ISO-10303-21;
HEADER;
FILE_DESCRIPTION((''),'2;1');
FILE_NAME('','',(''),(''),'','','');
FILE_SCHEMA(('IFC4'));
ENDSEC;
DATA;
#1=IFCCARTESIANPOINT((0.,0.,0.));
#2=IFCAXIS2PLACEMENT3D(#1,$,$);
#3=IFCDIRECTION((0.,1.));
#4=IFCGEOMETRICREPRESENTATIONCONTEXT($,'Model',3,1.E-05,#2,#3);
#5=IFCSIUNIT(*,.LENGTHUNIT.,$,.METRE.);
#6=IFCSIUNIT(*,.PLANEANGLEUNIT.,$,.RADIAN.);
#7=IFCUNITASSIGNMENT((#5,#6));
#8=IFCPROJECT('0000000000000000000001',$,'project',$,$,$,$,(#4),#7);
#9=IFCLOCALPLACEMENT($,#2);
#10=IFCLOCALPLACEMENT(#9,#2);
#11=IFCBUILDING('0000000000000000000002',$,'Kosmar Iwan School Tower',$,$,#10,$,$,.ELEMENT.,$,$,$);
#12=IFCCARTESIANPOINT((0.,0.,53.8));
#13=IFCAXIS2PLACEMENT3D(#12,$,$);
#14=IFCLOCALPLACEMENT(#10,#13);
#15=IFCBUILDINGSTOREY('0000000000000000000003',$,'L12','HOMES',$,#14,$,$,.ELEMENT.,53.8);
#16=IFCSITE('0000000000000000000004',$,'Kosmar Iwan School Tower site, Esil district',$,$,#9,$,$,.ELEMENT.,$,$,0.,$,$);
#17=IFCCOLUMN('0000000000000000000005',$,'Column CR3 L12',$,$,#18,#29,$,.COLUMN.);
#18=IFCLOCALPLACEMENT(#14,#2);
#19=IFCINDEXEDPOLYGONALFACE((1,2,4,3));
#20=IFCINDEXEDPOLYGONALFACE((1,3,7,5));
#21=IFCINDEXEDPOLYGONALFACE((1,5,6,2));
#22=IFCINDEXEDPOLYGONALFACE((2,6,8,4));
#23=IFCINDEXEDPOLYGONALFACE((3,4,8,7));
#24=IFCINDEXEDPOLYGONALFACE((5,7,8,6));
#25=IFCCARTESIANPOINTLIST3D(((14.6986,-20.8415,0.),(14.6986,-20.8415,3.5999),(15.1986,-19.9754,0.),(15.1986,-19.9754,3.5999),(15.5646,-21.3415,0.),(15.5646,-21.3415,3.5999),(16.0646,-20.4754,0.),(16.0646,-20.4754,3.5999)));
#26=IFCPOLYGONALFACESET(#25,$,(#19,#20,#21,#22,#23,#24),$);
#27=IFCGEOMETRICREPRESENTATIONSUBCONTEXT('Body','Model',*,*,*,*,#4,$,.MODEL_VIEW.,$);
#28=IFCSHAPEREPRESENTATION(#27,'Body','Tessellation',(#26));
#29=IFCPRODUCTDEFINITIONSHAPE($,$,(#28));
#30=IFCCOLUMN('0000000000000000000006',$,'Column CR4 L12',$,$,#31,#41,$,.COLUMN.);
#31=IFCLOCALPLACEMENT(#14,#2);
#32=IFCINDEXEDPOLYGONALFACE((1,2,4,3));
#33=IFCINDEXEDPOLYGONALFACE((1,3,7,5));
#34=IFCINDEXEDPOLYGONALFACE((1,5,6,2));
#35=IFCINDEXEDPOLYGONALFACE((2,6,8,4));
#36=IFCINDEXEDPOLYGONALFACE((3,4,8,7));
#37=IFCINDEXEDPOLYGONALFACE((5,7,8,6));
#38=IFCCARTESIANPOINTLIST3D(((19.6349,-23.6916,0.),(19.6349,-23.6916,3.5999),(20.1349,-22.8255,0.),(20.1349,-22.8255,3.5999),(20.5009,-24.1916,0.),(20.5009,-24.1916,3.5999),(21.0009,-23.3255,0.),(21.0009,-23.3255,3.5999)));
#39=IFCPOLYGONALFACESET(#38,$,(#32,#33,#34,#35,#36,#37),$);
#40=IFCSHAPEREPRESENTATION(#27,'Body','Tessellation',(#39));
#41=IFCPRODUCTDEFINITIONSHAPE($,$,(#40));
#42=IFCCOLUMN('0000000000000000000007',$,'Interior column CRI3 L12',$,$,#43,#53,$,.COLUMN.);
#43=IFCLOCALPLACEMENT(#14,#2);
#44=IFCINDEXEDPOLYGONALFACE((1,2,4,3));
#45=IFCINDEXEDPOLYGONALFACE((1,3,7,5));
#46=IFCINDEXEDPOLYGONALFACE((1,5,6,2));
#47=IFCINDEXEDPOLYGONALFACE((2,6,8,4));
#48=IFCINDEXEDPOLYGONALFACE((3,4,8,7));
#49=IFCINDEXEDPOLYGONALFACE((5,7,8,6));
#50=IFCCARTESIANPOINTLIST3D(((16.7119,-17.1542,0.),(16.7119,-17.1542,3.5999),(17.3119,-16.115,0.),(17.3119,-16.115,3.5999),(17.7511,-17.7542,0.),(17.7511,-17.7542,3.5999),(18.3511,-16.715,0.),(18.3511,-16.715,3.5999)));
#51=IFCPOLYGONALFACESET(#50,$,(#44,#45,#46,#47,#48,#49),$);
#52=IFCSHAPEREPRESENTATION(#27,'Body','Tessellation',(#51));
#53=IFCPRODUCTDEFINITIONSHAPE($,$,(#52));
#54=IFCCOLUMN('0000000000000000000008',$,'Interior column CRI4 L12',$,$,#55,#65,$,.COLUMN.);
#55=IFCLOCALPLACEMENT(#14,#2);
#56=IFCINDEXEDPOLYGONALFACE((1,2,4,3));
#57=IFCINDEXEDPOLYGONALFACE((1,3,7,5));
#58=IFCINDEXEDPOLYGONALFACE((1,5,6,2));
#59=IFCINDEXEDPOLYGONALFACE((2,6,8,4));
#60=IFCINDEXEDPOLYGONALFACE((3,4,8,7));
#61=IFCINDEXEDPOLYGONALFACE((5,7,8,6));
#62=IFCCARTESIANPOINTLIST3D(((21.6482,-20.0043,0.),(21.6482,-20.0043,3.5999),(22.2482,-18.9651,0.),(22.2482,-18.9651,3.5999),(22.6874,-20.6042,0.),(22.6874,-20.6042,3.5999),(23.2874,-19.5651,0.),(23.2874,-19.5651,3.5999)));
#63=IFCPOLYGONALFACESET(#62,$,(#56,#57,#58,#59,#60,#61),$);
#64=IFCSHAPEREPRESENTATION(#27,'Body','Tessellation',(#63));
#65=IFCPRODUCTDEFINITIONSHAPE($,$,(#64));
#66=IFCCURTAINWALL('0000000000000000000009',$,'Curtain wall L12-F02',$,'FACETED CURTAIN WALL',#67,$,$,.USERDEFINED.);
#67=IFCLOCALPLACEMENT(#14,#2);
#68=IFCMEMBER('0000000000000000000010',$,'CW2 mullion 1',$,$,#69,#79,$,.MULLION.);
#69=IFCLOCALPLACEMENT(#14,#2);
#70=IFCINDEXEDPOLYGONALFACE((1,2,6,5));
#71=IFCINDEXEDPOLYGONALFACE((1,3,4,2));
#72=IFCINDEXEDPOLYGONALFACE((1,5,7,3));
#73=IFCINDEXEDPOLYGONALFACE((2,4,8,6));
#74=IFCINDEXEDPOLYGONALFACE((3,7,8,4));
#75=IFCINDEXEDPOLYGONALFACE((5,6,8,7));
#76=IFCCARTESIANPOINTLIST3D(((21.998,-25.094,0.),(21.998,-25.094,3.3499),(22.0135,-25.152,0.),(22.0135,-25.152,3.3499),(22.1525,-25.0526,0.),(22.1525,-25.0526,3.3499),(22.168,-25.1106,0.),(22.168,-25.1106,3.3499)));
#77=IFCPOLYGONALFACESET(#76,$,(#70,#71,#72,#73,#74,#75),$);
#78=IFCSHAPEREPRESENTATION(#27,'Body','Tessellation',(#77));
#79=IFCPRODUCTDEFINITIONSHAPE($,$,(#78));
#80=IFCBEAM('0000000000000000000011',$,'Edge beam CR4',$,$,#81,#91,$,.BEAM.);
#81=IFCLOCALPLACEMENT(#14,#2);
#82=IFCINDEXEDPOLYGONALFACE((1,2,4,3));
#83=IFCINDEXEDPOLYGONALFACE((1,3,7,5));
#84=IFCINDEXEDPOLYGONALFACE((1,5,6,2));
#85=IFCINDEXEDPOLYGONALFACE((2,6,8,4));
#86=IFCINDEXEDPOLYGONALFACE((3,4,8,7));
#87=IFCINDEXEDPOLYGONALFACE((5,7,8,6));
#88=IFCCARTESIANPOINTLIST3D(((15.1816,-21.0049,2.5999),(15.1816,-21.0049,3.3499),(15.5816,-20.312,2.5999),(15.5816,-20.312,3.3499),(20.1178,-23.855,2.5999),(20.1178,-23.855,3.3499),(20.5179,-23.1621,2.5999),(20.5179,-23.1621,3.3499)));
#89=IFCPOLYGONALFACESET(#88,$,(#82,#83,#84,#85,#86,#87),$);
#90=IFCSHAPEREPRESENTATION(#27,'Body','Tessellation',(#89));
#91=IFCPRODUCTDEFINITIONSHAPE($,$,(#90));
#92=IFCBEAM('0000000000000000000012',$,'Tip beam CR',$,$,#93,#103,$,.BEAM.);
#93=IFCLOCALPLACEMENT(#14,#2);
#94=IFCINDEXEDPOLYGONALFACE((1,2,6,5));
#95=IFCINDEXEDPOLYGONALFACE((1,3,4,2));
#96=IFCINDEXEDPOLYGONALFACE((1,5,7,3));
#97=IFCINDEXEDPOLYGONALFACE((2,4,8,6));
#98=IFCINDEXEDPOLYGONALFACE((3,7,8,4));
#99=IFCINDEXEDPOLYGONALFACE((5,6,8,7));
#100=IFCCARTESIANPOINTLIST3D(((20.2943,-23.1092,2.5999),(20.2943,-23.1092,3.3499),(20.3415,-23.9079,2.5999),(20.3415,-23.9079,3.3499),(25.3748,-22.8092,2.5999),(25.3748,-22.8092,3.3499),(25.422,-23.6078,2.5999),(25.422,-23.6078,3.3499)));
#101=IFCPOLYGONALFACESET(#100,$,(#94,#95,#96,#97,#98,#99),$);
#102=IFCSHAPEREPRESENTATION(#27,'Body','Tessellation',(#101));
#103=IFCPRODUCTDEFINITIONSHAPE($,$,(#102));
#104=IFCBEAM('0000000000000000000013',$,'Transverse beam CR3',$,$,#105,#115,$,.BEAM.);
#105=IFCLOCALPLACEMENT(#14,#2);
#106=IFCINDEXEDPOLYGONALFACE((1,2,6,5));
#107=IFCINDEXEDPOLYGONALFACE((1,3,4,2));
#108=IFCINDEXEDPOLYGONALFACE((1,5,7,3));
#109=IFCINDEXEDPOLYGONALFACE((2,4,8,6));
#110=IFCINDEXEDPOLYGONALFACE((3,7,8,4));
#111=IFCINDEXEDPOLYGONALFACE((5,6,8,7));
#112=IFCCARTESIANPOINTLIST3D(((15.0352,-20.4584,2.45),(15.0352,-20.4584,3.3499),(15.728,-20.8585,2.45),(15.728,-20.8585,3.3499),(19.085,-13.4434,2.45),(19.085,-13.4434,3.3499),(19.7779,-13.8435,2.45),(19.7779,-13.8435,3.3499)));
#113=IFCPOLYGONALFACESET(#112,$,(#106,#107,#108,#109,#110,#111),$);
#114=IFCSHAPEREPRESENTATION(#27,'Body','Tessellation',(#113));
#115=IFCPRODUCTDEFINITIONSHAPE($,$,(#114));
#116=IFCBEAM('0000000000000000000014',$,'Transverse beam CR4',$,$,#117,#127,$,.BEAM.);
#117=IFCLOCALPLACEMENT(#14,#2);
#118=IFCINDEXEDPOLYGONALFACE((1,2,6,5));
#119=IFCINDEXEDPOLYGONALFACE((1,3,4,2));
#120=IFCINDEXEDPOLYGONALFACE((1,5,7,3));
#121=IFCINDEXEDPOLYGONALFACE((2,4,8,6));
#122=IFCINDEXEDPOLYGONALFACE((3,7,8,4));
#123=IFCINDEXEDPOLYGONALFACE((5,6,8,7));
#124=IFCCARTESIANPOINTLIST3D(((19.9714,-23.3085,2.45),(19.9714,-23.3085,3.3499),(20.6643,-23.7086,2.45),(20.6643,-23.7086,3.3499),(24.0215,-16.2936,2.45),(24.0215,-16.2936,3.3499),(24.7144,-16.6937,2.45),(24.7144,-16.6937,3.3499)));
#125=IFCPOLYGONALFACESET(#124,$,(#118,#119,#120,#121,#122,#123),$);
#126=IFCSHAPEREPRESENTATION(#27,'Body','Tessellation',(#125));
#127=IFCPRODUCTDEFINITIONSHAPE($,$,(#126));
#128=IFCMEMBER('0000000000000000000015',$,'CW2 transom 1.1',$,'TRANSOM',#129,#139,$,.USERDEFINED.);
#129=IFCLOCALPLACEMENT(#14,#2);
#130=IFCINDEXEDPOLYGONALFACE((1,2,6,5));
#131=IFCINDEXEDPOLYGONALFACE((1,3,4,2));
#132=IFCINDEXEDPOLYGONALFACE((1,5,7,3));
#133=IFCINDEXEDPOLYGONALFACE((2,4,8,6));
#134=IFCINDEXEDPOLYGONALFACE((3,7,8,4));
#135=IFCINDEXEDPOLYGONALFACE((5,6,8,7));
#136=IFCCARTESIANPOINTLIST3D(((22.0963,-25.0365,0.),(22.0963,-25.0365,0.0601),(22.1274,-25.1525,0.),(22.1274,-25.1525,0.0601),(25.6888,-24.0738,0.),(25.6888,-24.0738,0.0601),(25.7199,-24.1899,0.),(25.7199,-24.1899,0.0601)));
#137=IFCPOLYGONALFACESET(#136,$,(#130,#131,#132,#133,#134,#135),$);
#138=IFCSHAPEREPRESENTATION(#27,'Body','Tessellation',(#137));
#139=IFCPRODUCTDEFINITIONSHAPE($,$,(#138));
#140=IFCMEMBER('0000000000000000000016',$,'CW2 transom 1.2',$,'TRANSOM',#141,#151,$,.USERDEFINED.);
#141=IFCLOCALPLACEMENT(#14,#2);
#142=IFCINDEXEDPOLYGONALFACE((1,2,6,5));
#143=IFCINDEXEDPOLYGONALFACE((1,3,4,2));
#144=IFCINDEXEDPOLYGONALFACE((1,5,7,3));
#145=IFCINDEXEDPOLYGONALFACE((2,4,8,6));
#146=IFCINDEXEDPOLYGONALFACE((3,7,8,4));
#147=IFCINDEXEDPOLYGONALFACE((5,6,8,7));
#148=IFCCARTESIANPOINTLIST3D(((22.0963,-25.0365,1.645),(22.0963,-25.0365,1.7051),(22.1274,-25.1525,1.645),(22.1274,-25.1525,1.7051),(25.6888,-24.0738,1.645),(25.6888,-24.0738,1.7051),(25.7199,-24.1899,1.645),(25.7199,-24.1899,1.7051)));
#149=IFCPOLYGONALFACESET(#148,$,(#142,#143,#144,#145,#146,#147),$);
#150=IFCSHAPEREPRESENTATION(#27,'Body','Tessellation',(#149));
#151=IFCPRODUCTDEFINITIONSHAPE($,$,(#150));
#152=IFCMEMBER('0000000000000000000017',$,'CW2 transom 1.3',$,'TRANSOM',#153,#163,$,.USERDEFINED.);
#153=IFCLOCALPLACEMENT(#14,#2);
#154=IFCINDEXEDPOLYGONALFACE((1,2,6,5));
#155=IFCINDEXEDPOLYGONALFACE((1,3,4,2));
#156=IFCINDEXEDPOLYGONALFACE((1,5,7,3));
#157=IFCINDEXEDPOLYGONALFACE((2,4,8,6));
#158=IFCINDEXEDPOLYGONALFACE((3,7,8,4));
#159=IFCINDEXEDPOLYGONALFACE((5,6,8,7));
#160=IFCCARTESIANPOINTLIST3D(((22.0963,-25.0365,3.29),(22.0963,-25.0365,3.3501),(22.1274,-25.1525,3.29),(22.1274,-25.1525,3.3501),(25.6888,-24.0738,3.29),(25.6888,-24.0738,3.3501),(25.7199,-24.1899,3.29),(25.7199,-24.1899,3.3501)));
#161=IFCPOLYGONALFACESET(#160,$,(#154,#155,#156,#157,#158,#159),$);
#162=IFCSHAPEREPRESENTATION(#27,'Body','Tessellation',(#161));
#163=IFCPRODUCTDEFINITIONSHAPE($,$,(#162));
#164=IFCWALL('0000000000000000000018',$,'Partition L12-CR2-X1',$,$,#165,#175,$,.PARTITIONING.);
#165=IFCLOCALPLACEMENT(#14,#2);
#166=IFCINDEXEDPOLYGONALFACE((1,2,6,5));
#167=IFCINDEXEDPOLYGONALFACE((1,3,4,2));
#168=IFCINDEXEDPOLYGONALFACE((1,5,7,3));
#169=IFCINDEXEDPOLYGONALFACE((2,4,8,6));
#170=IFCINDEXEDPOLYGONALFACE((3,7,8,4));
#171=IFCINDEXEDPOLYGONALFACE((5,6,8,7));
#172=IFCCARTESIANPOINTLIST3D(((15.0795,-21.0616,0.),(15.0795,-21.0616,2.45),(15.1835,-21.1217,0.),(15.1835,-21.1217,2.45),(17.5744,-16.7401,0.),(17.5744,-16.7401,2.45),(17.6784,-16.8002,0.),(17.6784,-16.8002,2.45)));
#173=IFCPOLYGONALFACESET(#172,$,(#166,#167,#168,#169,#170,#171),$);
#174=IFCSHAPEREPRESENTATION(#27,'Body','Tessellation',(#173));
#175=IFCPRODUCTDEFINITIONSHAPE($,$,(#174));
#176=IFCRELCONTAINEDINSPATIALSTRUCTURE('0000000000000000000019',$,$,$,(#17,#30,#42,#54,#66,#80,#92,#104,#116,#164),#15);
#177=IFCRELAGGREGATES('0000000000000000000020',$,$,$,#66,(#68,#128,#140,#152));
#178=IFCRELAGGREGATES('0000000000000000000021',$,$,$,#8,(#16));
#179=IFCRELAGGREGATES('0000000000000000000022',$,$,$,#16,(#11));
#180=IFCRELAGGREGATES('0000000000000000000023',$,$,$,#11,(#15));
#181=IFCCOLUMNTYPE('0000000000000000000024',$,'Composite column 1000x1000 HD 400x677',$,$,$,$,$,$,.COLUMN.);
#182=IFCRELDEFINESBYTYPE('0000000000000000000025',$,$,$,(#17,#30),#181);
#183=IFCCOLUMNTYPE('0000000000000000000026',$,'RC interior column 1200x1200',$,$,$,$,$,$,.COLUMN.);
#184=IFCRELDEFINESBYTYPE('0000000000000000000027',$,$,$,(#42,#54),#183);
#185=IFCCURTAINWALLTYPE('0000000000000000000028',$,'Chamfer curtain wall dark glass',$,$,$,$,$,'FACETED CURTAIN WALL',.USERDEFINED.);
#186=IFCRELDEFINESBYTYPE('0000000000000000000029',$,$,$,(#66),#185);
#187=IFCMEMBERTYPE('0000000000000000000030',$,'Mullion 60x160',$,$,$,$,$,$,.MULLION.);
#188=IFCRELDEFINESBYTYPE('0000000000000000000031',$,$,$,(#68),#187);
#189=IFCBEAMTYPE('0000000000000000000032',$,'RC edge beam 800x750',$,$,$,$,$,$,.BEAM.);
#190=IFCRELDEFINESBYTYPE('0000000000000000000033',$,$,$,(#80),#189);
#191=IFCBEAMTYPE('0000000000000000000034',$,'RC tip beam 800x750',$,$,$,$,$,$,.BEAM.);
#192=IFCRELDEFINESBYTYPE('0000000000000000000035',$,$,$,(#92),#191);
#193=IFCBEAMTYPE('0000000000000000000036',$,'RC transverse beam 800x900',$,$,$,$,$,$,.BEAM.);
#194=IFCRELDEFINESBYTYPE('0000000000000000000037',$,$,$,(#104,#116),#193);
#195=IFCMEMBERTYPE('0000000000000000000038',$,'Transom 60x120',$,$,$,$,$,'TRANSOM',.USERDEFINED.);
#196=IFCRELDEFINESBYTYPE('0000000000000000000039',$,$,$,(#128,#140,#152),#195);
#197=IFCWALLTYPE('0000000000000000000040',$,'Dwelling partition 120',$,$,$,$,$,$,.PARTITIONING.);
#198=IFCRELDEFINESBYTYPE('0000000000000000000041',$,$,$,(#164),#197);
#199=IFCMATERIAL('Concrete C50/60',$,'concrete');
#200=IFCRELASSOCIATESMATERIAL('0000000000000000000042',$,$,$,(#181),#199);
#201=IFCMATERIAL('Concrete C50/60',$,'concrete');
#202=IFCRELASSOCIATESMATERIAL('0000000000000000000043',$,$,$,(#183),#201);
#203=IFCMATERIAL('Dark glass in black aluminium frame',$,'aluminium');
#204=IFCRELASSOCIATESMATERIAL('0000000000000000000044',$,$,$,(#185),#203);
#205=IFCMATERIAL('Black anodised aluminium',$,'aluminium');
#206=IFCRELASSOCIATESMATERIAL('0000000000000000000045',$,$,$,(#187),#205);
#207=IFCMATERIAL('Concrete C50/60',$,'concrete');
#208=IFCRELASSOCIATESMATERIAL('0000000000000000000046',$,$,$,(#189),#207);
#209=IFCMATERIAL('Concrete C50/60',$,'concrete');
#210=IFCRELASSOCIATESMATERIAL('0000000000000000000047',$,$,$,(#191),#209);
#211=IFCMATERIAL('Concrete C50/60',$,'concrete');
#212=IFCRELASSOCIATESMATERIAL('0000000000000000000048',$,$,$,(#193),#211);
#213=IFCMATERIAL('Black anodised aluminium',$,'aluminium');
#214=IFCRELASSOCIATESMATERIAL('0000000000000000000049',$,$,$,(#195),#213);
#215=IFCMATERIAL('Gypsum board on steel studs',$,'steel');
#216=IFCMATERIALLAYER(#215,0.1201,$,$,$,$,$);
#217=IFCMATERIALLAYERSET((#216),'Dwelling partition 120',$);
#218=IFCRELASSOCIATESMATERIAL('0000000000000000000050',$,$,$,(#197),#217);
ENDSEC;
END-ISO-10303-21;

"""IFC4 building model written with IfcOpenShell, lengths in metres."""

from ifc_helpers import new_model, si_unit, direction, frame, frame_2d, origin, origin_2d, place, context, subcontext, project, spatial, rectangle, extrude, material, layer, layer_set, material_profile, profile_set, type_object, element, aggregate, save


model = new_model("IFC4")

# Units and contexts
model_context = context("Model", 3, precision=1e-05, world=origin(), true_north=direction((0.0, 1.0)))
body_context = subcontext(model_context, "Body", "Model", "MODEL_VIEW")
ifc_project = project(units=[si_unit("LENGTHUNIT", "METRE"), si_unit("PLANEANGLEUNIT", "RADIAN")], contexts=[model_context])

# Site, building, storey
site_placement = place(None, origin())
site = spatial("IfcSite", under=ifc_project, at=site_placement, Name="Kosmar Iwan School Tower site, Esil district", CompositionType="ELEMENT", RefElevation=0.0)
building_placement = place(site_placement, origin())
building = spatial("IfcBuilding", under=site, at=building_placement, Name="Kosmar Iwan School Tower", CompositionType="ELEMENT")
storey_placement = place(building_placement, frame((0.0, 0.0, 53.8)))
storey = spatial("IfcBuildingStorey", under=building, at=storey_placement, Name="L12", Description="HOMES", CompositionType="ELEMENT", Elevation=53.8)

# Columns
ifc_material_1 = material(Name="Concrete C50/60", Category="concrete")
ifc_material_profile_1 = material_profile(ifc_material_1, rectangle(XDim=1.0, YDim=1.0, at=origin_2d()), Name="RC 1000x1000 + HD 400x677")
ifc_profile_set_1 = profile_set([ifc_material_profile_1], Name="Concrete C50/60")
column_type_1 = type_object("IfcColumnType", Name="Composite column 1000x1000 HD 400x677", PredefinedType="COLUMN", material=ifc_profile_set_1)
for number, where, z_axis, x_axis, name in (
    (1, (15.3816, -20.6584, 0.0), (0.0, 0.0, 1.0), (0.866025, -0.5, 0.0), "Column CR3 L12"),
    (2, (20.3179, -23.5085, 0.0), (0.0, 0.0, 1.0), (0.866025, -0.5, 0.0), "Column CR4 L12"),
):
    element("IfcColumn", number, at=place(storey_placement, frame(where, z_axis=z_axis, x_axis=x_axis)), inside=storey, type_object=column_type_1, Name=name, PredefinedType="COLUMN", context=body_context, shape_type="SweptSolid", body=[
        extrude(rectangle(XDim=1.0, YDim=1.0, at=origin_2d()), origin(), (0.0, 0.0, 1.0), 3.5999),
    ])
ifc_material_2 = material(Name="Concrete C50/60", Category="concrete")
ifc_material_profile_2 = material_profile(ifc_material_2, rectangle(XDim=1.2, YDim=1.2, at=origin_2d()), Name="RC 1200x1200")
ifc_profile_set_2 = profile_set([ifc_material_profile_2], Name="Concrete C50/60")
column_type_2 = type_object("IfcColumnType", Name="RC interior column 1200x1200", PredefinedType="COLUMN", material=ifc_profile_set_2)
for number, where, z_axis, x_axis, name in (
    (3, (17.5315, -16.9346, 0.0), (0.0, 0.0, 1.0), (0.866025, -0.5, 0.0), "Interior column CRI3 L12"),
    (4, (22.4678, -19.7847, 0.0), (0.0, 0.0, 1.0), (0.866025, -0.5, 0.0), "Interior column CRI4 L12"),
):
    element("IfcColumn", number, at=place(storey_placement, frame(where, z_axis=z_axis, x_axis=x_axis)), inside=storey, type_object=column_type_2, Name=name, PredefinedType="COLUMN", context=body_context, shape_type="SweptSolid", body=[
        extrude(rectangle(XDim=1.2, YDim=1.2, at=origin_2d()), origin(), (0.0, 0.0, 1.0), 3.5999),
    ])

# Curtain wall, member
ifc_material_3 = material(Name="Dark glass in black aluminium frame", Category="aluminium")
curtain_wall_type = type_object("IfcCurtainWallType", Name="Chamfer curtain wall dark glass", ElementType="FACETED CURTAIN WALL", PredefinedType="USERDEFINED", material=ifc_material_3)
curtain_wall_placement = place(storey_placement, origin())
curtain_wall = element("IfcCurtainWall", 5, at=curtain_wall_placement, inside=storey, type_object=curtain_wall_type, Name="Curtain wall L12-F02", ObjectType="FACETED CURTAIN WALL", PredefinedType="USERDEFINED")
ifc_material_4 = material(Name="Black anodised aluminium", Category="aluminium")
ifc_material_profile_3 = material_profile(ifc_material_4, rectangle(XDim=0.0601, YDim=0.1599, at=origin_2d()), Name="MULLION 60x160")
ifc_profile_set_3 = profile_set([ifc_material_profile_3], Name="Black anodised aluminium")
member_type_1 = type_object("IfcMemberType", Name="Mullion 60x160", PredefinedType="MULLION", material=ifc_profile_set_3)
member_1_placement = place(storey_placement, frame((22.083, -25.1023, 0.0), z_axis=(0.0, 0.0, 1.0), x_axis=(-0.258819, 0.965926, 0.0)))
member_1 = element("IfcMember", 6, at=member_1_placement, type_object=member_type_1, Name="CW2 mullion 1", PredefinedType="MULLION", context=body_context, shape_type="SweptSolid", body=[
    extrude(rectangle(XDim=0.0601, YDim=0.1599, at=origin_2d()), origin(), (0.0, 0.0, 1.0), 3.3499),
])

# Beams
ifc_material_5 = material(Name="Concrete C50/60", Category="concrete")
ifc_material_profile_4 = material_profile(ifc_material_5, rectangle(XDim=0.8, YDim=0.75, at=origin_2d()), Name="RC 800x750")
ifc_profile_set_4 = profile_set([ifc_material_profile_4], Name="Concrete C50/60")
beam_type_1 = type_object("IfcBeamType", Name="RC edge beam 800x750", PredefinedType="BEAM", material=ifc_profile_set_4)
beam_1_placement = place(storey_placement, frame((15.3816, -20.6584, 2.9749), z_axis=(0.866015, -0.500018, 0.0), x_axis=(0.500018, 0.866015, 0.0)))
element("IfcBeam", 7, at=beam_1_placement, inside=storey, type_object=beam_type_1, Name="Edge beam CR4", PredefinedType="BEAM", context=body_context, shape_type="SweptSolid", body=[
    extrude(rectangle(XDim=0.8, YDim=0.75, at=origin_2d()), origin(), (0.0, 0.0, 1.0), 5.7),
])
ifc_material_6 = material(Name="Concrete C50/60", Category="concrete")
ifc_material_profile_5 = material_profile(ifc_material_6, rectangle(XDim=0.8, YDim=0.75, at=origin_2d()), Name="RC 800x750")
ifc_profile_set_5 = profile_set([ifc_material_profile_5], Name="Concrete C50/60")
beam_type_2 = type_object("IfcBeamType", Name="RC tip beam 800x750", PredefinedType="BEAM", material=ifc_profile_set_5)
beam_2_placement = place(storey_placement, frame((20.3179, -23.5085, 2.9749), z_axis=(0.998261, 0.058955, 0.0), x_axis=(-0.058955, 0.998261, 0.0)))
element("IfcBeam", 8, at=beam_2_placement, inside=storey, type_object=beam_type_2, Name="Tip beam CR", PredefinedType="BEAM", context=body_context, shape_type="SweptSolid", body=[
    extrude(rectangle(XDim=0.8, YDim=0.75, at=origin_2d()), origin(), (0.0, 0.0, 1.0), 5.0894),
])
ifc_material_7 = material(Name="Concrete C50/60", Category="concrete")
ifc_material_profile_6 = material_profile(ifc_material_7, rectangle(XDim=0.8, YDim=0.8999, at=origin_2d()), Name="RC 800x900")
ifc_profile_set_6 = profile_set([ifc_material_profile_6], Name="Concrete C50/60")
beam_type_3 = type_object("IfcBeamType", Name="RC transverse beam 800x900", PredefinedType="BEAM", material=ifc_profile_set_6)
for number, where, z_axis, x_axis, name in (
    (9, (15.3816, -20.6584, 2.8999), (0.499977, 0.866039, 0.0), (-0.866039, 0.499977, 0.0), "Transverse beam CR3"),
    (10, (20.3179, -23.5085, 2.8999), (0.5, 0.866025, 0.0), (-0.866025, 0.5, 0.0), "Transverse beam CR4"),
):
    element("IfcBeam", number, at=place(storey_placement, frame(where, z_axis=z_axis, x_axis=x_axis)), inside=storey, type_object=beam_type_3, Name=name, PredefinedType="BEAM", context=body_context, shape_type="SweptSolid", body=[
        extrude(rectangle(XDim=0.8, YDim=0.8999, at=origin_2d()), origin(), (0.0, 0.0, 1.0), 8.1001),
    ])

# Members
ifc_material_8 = material(Name="Black anodised aluminium", Category="aluminium")
ifc_material_profile_7 = material_profile(ifc_material_8, rectangle(XDim=0.1201, YDim=0.0601, at=origin_2d()), Name="TRANSOM 60x120")
ifc_profile_set_7 = profile_set([ifc_material_profile_7], Name="Black anodised aluminium")
member_type_2 = type_object("IfcMemberType", Name="Transom 60x120", ElementType="TRANSOM", PredefinedType="USERDEFINED", material=ifc_profile_set_7)
member_2_placement = place(storey_placement, frame((22.1118, -25.0945, 0.03), z_axis=(0.965924, 0.258827, 0.0), x_axis=(-0.258827, 0.965924, 0.0)))
member_2 = element("IfcMember", 11, at=member_2_placement, type_object=member_type_2, Name="CW2 transom 1.1", ObjectType="TRANSOM", PredefinedType="USERDEFINED", context=body_context, shape_type="SweptSolid", body=[
    extrude(rectangle(XDim=0.1201, YDim=0.0601, at=origin_2d()), origin(), (0.0, 0.0, 1.0), 3.7192),
])
member_3_placement = place(storey_placement, frame((22.1118, -25.0945, 1.675), z_axis=(0.965924, 0.258827, 0.0), x_axis=(-0.258827, 0.965924, 0.0)))
member_3 = element("IfcMember", 12, at=member_3_placement, type_object=member_type_2, Name="CW2 transom 1.2", ObjectType="TRANSOM", PredefinedType="USERDEFINED", context=body_context, shape_type="SweptSolid", body=[
    extrude(rectangle(XDim=0.1201, YDim=0.0601, at=origin_2d()), origin(), (0.0, 0.0, 1.0), 3.7192),
])
member_4_placement = place(storey_placement, frame((22.1118, -25.0945, 3.3201), z_axis=(0.965924, 0.258827, 0.0), x_axis=(-0.258827, 0.965924, 0.0)))
member_4 = element("IfcMember", 13, at=member_4_placement, type_object=member_type_2, Name="CW2 transom 1.3", ObjectType="TRANSOM", PredefinedType="USERDEFINED", context=body_context, shape_type="SweptSolid", body=[
    extrude(rectangle(XDim=0.1201, YDim=0.0601, at=origin_2d()), origin(), (0.0, 0.0, 1.0), 3.7192),
])
aggregate(curtain_wall, [member_1, member_2, member_3, member_4])

# Wall
ifc_material_9 = material(Name="Gypsum board on steel studs", Category="steel")
ifc_layer = layer(ifc_material_9, 0.1201)
ifc_layer_set = layer_set([ifc_layer], Name="Dwelling partition 120")
wall_type = type_object("IfcWallType", Name="Dwelling partition 120", PredefinedType="PARTITIONING", material=ifc_layer_set)
wall_1_placement = place(storey_placement, frame((17.6265, -16.77, 0.0), z_axis=(0.0, 0.0, 1.0), x_axis=(-0.499975, -0.86604, 0.0)))
element("IfcWall", 14, at=wall_1_placement, inside=storey, type_object=wall_type, Name="Partition L12-CR2-X1", PredefinedType="PARTITIONING", context=body_context, shape_type="SweptSolid", body=[
    extrude(rectangle(XDim=4.99, YDim=0.1201, at=frame_2d((2.4951, 0.0))), origin(), (0.0, 0.0, 1.0), 2.45),
])

save(model, "model.ifc")
